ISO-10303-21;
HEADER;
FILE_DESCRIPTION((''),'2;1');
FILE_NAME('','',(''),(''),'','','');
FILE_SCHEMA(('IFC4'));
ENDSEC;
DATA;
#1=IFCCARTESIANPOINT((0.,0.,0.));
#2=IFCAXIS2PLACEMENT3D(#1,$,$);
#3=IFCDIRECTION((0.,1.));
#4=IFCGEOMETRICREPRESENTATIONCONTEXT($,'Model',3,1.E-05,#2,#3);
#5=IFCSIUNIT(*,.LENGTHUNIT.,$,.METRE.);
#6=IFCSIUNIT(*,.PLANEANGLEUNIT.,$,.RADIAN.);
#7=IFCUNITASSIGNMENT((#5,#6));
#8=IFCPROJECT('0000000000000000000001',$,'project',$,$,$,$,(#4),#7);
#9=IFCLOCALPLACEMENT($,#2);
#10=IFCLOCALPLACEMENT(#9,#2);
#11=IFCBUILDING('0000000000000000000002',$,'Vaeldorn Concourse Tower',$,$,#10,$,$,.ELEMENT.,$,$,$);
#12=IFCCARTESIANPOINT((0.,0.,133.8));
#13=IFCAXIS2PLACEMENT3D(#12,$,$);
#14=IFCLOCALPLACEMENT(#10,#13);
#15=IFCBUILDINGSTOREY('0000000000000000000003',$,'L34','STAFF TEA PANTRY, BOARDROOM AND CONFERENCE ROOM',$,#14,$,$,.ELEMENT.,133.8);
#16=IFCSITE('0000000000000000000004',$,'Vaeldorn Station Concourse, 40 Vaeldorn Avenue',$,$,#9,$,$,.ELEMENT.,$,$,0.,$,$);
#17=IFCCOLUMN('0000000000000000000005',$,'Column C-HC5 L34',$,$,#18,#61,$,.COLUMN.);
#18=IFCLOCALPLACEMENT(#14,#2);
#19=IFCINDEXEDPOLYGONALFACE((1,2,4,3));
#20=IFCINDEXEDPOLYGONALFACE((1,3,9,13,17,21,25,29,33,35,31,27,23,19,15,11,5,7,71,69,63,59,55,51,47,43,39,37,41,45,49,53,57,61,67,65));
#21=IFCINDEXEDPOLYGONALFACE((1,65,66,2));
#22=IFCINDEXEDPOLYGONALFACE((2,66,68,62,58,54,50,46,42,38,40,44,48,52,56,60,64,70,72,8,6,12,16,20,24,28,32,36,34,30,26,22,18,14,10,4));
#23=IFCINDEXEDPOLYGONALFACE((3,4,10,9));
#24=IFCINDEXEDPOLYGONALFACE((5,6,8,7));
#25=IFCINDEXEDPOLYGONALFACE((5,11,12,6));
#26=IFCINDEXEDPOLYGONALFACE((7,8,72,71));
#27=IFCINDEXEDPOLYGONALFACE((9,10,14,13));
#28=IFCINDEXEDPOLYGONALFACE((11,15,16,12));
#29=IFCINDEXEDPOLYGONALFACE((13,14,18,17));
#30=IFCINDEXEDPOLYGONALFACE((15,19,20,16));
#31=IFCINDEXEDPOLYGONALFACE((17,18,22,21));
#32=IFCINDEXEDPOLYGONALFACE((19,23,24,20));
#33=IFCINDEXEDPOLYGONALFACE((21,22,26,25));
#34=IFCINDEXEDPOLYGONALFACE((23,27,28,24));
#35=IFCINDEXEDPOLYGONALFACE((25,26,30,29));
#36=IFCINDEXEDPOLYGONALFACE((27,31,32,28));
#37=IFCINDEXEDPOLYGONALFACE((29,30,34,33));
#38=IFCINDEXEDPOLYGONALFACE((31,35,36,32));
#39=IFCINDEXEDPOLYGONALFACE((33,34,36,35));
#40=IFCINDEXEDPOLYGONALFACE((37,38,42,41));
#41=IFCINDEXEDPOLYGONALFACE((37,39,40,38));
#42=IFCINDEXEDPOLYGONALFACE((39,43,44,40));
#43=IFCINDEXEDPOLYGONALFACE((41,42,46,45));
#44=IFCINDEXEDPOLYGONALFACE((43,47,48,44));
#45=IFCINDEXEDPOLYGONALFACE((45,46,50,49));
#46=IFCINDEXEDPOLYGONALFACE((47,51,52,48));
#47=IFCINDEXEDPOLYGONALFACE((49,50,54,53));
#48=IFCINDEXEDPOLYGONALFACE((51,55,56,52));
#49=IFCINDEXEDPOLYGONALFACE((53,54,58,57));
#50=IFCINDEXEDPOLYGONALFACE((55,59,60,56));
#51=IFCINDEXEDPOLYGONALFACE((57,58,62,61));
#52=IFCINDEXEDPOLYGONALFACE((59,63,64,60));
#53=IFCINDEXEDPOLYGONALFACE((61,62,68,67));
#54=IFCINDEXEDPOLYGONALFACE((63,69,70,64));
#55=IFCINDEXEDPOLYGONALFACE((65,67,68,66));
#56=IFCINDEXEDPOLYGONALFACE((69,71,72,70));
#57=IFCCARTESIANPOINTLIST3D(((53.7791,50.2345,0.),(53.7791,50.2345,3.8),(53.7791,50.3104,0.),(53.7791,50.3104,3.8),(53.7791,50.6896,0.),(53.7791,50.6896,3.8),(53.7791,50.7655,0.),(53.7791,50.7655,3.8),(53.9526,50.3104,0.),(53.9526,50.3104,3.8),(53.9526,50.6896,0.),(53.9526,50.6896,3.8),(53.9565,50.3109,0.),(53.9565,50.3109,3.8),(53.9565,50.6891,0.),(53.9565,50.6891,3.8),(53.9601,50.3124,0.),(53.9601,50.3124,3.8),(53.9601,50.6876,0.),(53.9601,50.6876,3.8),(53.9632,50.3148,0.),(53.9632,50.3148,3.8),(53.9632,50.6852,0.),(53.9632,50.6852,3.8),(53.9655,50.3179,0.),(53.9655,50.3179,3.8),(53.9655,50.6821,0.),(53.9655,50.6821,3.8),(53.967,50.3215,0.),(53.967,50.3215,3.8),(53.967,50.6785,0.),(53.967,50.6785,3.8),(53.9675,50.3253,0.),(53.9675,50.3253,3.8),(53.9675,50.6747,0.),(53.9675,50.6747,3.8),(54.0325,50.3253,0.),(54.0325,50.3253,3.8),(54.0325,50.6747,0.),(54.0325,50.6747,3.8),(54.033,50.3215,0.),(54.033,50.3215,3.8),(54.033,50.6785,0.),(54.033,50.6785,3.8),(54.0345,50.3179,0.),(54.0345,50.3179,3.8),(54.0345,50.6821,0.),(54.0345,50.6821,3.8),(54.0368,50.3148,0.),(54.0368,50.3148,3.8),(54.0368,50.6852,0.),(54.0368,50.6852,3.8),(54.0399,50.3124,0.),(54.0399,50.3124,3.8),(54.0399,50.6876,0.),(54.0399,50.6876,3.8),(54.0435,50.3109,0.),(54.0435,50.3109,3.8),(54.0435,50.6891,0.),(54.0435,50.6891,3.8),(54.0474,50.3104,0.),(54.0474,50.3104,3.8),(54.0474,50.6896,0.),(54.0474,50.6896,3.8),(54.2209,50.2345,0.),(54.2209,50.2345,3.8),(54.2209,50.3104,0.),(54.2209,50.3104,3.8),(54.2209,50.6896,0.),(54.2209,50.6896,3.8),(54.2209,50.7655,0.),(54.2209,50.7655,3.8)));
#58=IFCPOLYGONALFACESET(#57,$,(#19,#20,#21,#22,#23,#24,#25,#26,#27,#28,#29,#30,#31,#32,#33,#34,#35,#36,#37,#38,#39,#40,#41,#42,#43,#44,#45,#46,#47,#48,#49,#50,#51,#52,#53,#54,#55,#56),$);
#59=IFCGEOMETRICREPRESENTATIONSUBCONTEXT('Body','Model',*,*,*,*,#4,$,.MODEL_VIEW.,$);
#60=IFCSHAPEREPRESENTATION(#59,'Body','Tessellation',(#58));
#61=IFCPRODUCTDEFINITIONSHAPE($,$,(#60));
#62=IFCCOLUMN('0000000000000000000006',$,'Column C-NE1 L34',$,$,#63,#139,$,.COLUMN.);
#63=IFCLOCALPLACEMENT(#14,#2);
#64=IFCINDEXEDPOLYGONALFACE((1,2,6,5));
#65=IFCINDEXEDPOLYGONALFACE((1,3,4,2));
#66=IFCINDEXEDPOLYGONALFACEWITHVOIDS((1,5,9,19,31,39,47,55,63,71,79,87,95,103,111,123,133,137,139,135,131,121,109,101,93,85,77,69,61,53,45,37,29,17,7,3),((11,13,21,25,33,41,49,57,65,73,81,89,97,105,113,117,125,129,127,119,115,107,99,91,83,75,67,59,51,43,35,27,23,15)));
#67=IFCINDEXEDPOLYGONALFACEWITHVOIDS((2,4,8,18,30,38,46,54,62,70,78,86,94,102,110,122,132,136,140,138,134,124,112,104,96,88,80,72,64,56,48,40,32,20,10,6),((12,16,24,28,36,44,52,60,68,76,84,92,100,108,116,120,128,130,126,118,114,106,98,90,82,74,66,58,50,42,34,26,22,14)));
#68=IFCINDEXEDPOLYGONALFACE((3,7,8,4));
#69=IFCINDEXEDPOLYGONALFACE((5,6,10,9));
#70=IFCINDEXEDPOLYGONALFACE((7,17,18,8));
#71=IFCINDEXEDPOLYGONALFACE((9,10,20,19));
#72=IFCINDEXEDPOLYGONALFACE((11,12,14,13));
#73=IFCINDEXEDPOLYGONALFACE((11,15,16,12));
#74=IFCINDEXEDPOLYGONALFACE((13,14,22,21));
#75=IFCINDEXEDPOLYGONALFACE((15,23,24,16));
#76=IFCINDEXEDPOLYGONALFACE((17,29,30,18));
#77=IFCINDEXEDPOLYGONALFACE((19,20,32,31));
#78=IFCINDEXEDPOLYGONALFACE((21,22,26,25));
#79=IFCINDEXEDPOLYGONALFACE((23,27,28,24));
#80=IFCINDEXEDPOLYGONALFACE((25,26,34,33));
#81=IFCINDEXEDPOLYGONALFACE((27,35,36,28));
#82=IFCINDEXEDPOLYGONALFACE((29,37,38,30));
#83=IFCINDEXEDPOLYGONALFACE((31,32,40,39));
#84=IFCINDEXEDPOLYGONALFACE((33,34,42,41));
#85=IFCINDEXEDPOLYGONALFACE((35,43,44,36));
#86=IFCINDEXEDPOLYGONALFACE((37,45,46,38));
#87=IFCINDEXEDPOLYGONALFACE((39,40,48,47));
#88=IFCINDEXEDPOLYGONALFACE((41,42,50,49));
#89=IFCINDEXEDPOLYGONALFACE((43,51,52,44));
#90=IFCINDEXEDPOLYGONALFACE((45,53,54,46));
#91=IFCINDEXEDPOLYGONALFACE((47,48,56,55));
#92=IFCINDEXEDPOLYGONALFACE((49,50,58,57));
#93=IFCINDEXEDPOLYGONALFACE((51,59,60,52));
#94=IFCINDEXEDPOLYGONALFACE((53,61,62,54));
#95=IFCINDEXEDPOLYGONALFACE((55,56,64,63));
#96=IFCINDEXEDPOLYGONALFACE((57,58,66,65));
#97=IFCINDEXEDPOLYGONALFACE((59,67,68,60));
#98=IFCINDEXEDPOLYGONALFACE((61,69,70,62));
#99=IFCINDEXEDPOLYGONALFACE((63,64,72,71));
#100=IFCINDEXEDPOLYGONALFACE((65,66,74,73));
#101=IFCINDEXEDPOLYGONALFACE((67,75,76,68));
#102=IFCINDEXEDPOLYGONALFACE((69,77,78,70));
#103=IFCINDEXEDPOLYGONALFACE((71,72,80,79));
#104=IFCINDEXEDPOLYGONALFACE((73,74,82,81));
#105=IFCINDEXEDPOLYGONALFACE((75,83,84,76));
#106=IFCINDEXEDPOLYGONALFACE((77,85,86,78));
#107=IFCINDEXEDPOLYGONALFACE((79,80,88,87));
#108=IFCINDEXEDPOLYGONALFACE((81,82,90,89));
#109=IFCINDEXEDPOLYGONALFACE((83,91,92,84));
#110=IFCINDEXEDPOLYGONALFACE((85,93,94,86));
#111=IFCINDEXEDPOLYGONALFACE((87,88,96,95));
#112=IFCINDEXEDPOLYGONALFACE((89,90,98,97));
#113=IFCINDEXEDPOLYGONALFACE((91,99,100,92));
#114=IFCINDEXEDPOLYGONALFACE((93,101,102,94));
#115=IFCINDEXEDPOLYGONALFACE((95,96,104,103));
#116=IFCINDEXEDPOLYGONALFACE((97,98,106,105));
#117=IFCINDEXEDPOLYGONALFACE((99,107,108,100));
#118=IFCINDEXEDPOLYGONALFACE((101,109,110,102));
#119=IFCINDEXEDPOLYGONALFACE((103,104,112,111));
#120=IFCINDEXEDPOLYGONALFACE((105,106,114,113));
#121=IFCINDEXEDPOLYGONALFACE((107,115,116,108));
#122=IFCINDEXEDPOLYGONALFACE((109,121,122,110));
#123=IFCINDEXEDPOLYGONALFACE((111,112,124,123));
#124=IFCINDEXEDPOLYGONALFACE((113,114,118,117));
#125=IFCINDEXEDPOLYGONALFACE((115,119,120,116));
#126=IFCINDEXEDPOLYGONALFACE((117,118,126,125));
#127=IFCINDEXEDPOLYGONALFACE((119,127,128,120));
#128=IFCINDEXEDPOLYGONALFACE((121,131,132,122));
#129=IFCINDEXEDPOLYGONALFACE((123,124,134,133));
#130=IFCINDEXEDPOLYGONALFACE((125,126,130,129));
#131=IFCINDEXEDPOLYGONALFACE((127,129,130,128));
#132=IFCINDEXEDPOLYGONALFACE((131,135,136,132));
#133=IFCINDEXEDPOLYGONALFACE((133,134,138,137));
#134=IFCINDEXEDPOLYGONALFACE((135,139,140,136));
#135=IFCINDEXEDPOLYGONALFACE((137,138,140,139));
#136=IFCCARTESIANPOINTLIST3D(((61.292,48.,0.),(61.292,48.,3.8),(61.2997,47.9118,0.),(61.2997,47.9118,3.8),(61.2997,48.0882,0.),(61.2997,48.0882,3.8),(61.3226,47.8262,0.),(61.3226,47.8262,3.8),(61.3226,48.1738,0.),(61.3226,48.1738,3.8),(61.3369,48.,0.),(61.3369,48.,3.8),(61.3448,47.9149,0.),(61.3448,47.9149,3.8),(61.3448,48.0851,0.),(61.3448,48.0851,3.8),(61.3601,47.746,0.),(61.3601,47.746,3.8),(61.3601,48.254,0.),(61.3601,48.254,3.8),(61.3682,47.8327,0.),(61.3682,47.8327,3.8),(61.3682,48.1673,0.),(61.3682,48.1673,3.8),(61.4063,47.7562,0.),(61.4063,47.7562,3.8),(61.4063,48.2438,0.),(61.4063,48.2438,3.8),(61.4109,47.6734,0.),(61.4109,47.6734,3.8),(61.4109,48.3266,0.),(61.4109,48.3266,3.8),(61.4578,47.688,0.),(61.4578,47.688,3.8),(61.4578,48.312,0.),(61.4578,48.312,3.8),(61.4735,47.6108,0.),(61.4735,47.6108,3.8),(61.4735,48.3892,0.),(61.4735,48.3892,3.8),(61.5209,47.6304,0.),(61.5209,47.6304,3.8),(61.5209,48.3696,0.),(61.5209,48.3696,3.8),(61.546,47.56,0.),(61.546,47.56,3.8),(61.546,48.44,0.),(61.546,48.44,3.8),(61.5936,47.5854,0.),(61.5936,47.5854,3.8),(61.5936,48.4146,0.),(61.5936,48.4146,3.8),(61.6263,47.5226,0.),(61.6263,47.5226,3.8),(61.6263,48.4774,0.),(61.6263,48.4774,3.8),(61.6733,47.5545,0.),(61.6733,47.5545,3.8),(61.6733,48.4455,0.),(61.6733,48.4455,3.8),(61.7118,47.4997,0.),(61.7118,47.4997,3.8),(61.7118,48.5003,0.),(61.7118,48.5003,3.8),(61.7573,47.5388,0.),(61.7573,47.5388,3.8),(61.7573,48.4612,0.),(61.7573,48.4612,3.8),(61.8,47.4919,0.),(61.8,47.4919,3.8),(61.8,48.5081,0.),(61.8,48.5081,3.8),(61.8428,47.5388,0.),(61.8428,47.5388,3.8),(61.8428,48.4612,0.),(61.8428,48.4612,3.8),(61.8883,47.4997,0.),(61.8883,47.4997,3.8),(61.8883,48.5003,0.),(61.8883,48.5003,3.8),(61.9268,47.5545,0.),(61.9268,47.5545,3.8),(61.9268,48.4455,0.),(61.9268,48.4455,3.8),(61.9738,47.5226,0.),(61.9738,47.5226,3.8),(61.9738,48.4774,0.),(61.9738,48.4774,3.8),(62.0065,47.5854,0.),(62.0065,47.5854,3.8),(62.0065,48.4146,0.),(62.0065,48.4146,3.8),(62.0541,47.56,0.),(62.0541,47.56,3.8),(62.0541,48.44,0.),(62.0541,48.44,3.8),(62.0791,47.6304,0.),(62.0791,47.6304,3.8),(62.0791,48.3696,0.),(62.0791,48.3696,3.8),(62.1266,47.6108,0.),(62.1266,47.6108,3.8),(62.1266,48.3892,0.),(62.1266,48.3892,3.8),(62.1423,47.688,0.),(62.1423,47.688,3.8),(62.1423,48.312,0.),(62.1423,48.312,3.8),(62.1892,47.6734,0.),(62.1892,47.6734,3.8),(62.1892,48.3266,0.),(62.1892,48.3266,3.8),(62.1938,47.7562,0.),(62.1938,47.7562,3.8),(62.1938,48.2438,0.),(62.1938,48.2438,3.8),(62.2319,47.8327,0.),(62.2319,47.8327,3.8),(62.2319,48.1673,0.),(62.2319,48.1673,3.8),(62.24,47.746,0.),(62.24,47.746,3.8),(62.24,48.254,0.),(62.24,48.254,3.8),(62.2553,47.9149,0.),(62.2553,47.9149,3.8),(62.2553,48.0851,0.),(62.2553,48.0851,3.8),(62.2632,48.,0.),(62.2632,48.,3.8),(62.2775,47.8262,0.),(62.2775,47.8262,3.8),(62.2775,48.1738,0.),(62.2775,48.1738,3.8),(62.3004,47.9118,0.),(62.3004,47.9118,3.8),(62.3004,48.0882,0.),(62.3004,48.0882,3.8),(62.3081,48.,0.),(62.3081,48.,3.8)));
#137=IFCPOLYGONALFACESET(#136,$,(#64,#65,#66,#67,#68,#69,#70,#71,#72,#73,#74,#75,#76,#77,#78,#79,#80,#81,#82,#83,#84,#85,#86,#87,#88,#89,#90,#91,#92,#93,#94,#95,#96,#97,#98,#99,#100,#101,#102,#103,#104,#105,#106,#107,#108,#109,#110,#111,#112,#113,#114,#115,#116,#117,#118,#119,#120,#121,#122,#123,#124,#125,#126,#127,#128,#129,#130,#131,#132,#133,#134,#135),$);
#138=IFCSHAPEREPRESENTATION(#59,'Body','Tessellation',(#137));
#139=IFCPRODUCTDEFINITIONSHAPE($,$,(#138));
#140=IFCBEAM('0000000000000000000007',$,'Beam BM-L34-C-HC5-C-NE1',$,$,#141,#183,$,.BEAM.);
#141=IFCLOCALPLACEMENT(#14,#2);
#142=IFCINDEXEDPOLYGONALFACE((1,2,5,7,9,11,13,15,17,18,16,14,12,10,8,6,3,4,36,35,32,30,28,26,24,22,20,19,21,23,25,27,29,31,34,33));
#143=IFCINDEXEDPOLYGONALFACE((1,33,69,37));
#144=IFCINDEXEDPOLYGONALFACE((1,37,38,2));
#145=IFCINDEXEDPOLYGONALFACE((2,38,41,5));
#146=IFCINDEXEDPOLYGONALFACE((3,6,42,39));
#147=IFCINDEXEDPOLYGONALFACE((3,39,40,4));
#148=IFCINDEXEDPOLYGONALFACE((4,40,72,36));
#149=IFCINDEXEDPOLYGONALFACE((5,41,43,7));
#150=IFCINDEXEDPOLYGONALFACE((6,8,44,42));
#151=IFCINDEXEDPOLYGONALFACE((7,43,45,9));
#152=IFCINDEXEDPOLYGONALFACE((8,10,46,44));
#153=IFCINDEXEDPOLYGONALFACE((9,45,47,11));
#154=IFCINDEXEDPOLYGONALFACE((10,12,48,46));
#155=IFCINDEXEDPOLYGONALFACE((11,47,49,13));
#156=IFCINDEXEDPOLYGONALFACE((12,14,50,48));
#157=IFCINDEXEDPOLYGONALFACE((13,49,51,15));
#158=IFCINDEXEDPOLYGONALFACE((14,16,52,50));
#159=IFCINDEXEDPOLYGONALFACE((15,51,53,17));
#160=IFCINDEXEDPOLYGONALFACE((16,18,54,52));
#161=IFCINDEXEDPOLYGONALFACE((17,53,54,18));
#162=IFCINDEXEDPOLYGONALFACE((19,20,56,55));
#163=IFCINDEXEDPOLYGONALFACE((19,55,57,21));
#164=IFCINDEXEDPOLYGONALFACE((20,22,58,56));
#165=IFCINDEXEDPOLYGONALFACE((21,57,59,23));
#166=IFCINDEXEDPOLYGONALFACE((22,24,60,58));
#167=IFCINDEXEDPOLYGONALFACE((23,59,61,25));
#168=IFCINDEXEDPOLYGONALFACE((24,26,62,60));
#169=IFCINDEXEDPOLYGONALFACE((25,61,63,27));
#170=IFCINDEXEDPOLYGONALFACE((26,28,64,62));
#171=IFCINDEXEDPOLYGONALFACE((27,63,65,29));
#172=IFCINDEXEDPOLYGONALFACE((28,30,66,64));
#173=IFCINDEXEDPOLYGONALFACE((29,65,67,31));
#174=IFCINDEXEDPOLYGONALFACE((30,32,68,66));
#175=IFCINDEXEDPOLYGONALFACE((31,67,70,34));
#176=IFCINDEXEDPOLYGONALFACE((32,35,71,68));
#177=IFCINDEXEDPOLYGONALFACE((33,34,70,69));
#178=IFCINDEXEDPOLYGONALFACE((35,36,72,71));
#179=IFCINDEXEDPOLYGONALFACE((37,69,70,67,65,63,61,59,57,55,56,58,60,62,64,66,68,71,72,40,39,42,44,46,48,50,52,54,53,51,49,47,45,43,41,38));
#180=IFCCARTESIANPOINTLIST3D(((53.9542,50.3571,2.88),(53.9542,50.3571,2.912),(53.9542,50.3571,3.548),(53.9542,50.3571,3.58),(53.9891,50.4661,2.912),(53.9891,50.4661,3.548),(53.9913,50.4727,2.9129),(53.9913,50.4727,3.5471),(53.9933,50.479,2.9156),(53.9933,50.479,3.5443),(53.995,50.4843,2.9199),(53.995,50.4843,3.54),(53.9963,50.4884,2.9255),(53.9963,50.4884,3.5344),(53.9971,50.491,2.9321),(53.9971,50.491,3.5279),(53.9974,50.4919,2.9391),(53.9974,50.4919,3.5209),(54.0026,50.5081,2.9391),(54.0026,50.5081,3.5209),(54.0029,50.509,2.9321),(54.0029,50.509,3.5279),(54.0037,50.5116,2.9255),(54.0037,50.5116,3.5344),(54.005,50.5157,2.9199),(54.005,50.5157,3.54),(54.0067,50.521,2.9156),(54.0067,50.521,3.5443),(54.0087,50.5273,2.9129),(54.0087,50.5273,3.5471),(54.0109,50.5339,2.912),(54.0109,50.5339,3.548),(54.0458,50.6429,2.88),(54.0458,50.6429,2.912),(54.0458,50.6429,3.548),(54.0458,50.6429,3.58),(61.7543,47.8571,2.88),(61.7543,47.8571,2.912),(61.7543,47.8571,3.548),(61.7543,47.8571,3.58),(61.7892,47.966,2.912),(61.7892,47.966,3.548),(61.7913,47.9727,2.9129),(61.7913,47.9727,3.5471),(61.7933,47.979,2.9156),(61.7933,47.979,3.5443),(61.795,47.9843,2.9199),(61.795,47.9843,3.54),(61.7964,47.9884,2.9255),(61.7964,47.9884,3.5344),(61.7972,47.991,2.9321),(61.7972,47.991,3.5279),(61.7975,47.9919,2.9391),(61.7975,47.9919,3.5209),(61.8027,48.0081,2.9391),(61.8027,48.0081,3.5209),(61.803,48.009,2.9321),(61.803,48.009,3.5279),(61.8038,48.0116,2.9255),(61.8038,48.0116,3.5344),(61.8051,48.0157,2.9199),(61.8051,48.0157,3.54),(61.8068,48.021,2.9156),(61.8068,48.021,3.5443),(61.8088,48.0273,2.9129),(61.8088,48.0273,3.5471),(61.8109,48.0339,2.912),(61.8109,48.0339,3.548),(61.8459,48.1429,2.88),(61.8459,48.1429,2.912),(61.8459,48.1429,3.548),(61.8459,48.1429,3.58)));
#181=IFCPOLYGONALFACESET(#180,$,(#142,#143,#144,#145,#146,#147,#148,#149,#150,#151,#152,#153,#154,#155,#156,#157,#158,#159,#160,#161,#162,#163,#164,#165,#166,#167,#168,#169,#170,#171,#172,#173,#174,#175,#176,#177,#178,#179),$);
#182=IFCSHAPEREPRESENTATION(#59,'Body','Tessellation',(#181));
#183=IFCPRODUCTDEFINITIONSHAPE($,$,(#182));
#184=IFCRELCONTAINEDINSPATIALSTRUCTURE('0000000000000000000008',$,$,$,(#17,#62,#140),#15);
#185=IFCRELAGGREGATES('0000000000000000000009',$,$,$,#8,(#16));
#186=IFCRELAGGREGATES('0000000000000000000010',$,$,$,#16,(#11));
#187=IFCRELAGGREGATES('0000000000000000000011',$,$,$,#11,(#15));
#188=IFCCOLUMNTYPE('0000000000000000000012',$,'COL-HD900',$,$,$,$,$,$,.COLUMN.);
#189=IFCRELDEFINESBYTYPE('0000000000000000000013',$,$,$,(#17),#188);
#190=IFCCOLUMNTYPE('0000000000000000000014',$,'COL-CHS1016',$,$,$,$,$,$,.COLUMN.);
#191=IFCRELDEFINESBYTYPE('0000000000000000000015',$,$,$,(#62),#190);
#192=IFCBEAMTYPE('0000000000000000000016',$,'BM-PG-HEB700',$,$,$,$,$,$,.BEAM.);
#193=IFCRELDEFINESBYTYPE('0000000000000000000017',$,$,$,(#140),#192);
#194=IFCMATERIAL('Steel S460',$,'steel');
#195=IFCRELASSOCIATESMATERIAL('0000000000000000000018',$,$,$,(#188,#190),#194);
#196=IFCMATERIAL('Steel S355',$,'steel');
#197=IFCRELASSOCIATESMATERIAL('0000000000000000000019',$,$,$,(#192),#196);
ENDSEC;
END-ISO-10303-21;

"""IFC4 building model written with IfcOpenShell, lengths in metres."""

from ifc_helpers import new_model, si_unit, direction, frame, origin, origin_2d, place, context, subcontext, project, spatial, hollow_circle, i_section, extrude, source, transform, mapped, material, material_profile, profile_set, type_object, element, save


model = new_model("IFC4")

# Units and contexts
model_context = context("Model", 3, precision=1e-05, world=origin(), true_north=direction((0.0, 1.0)))
body_context = subcontext(model_context, "Body", "Model", "MODEL_VIEW")
ifc_project = project(units=[si_unit("LENGTHUNIT", "METRE"), si_unit("PLANEANGLEUNIT", "RADIAN")], contexts=[model_context])

# Site, building, storey
site_placement = place(None, origin())
site = spatial("IfcSite", under=ifc_project, at=site_placement, Name="Vaeldorn Station Concourse, 40 Vaeldorn Avenue", CompositionType="ELEMENT", RefElevation=0.0)
building_placement = place(site_placement, origin())
building = spatial("IfcBuilding", under=site, at=building_placement, Name="Vaeldorn Concourse Tower", CompositionType="ELEMENT")
storey_placement = place(building_placement, frame((0.0, 0.0, 133.8)))
storey = spatial("IfcBuildingStorey", under=building, at=storey_placement, Name="L34", Description="STAFF TEA PANTRY, BOARDROOM AND CONFERENCE ROOM", CompositionType="ELEMENT", Elevation=133.8)

# Columns
ifc_material_1 = material(Name="Steel S460", Category="steel")
ifc_material_profile_1 = material_profile(ifc_material_1, i_section(OverallWidth=0.4419, OverallDepth=0.531, WebThickness=0.0649, FlangeThickness=0.0759, FilletRadius=0.0149, at=origin_2d()), Name="HD 400x900")
ifc_profile_set_1 = profile_set([ifc_material_profile_1], Name="Steel S460")
column_type_1 = type_object("IfcColumnType", Name="COL-HD900", PredefinedType="COLUMN", material=ifc_profile_set_1)
shared_shape_1 = source(origin(), body_context, "Body", "SweptSolid", [
    extrude(i_section(OverallWidth=0.4419, OverallDepth=0.531, WebThickness=0.0649, FlangeThickness=0.0759, FilletRadius=0.0149, at=origin_2d()), origin(), (0.0, 0.0, 1.0), 3.8),
])
column_1_placement = place(storey_placement, frame((54.0, 50.5, 0.0), z_axis=(0.0, 0.0, 1.0), x_axis=(1.0, 0.0, 0.0)))
element("IfcColumn", 1, at=column_1_placement, inside=storey, type_object=column_type_1, Name="Column C-HC5 L34", PredefinedType="COLUMN", context=body_context, shape_type="MappedRepresentation", body=[
    mapped(shared_shape_1, transform((0.0, 0.0, 0.0), scale=1.0)),
])
ifc_material_profile_2 = material_profile(ifc_material_1, hollow_circle(Radius=0.5081, WallThickness=0.0449, at=origin_2d()), Name="CHS 1016x45")
ifc_profile_set_2 = profile_set([ifc_material_profile_2], Name="Steel S460")
column_type_2 = type_object("IfcColumnType", Name="COL-CHS1016", PredefinedType="COLUMN", material=ifc_profile_set_2)
shared_shape_2 = source(origin(), body_context, "Body", "SweptSolid", [
    extrude(hollow_circle(Radius=0.5081, WallThickness=0.0449, at=origin_2d()), origin(), (0.0, 0.0, 1.0), 3.8),
])
column_2_placement = place(storey_placement, frame((61.8, 48.0, 0.0), z_axis=(0.0, 0.0, 1.0), x_axis=(1.0, 0.0, 0.0)))
element("IfcColumn", 2, at=column_2_placement, inside=storey, type_object=column_type_2, Name="Column C-NE1 L34", PredefinedType="COLUMN", context=body_context, shape_type="MappedRepresentation", body=[
    mapped(shared_shape_2, transform((0.0, 0.0, 0.0), scale=1.0)),
])

# Beam
ifc_material_2 = material(Name="Steel S355", Category="steel")
ifc_material_profile_3 = material_profile(ifc_material_2, i_section(OverallWidth=0.3, OverallDepth=0.7, WebThickness=0.0171, FlangeThickness=0.032, FilletRadius=0.0271, at=origin_2d()), Name="HEB 700")
ifc_profile_set_3 = profile_set([ifc_material_profile_3], Name="Steel S355")
beam_type_1 = type_object("IfcBeamType", Name="BM-PG-HEB700", PredefinedType="BEAM", material=ifc_profile_set_3)
shared_shape_3 = source(origin(), body_context, "Body", "SweptSolid", [
    extrude(i_section(OverallWidth=0.3, OverallDepth=0.7, WebThickness=0.0171, FlangeThickness=0.032, FilletRadius=0.0271, at=origin_2d()), origin(), (0.0, 0.0, 1.0), 8.1909),
])
beam_1_placement = place(storey_placement, frame((54.0, 50.5, 3.23), z_axis=(0.952283, -0.305217, 0.0), x_axis=(0.305217, 0.952283, 0.0)))
element("IfcBeam", 3, at=beam_1_placement, inside=storey, type_object=beam_type_1, Name="Beam BM-L34-C-HC5-C-NE1", PredefinedType="BEAM", context=body_context, shape_type="MappedRepresentation", body=[
    mapped(shared_shape_3, transform((0.0, 0.0, 0.0), scale=1.0)),
])

save(model, "model.ifc")
